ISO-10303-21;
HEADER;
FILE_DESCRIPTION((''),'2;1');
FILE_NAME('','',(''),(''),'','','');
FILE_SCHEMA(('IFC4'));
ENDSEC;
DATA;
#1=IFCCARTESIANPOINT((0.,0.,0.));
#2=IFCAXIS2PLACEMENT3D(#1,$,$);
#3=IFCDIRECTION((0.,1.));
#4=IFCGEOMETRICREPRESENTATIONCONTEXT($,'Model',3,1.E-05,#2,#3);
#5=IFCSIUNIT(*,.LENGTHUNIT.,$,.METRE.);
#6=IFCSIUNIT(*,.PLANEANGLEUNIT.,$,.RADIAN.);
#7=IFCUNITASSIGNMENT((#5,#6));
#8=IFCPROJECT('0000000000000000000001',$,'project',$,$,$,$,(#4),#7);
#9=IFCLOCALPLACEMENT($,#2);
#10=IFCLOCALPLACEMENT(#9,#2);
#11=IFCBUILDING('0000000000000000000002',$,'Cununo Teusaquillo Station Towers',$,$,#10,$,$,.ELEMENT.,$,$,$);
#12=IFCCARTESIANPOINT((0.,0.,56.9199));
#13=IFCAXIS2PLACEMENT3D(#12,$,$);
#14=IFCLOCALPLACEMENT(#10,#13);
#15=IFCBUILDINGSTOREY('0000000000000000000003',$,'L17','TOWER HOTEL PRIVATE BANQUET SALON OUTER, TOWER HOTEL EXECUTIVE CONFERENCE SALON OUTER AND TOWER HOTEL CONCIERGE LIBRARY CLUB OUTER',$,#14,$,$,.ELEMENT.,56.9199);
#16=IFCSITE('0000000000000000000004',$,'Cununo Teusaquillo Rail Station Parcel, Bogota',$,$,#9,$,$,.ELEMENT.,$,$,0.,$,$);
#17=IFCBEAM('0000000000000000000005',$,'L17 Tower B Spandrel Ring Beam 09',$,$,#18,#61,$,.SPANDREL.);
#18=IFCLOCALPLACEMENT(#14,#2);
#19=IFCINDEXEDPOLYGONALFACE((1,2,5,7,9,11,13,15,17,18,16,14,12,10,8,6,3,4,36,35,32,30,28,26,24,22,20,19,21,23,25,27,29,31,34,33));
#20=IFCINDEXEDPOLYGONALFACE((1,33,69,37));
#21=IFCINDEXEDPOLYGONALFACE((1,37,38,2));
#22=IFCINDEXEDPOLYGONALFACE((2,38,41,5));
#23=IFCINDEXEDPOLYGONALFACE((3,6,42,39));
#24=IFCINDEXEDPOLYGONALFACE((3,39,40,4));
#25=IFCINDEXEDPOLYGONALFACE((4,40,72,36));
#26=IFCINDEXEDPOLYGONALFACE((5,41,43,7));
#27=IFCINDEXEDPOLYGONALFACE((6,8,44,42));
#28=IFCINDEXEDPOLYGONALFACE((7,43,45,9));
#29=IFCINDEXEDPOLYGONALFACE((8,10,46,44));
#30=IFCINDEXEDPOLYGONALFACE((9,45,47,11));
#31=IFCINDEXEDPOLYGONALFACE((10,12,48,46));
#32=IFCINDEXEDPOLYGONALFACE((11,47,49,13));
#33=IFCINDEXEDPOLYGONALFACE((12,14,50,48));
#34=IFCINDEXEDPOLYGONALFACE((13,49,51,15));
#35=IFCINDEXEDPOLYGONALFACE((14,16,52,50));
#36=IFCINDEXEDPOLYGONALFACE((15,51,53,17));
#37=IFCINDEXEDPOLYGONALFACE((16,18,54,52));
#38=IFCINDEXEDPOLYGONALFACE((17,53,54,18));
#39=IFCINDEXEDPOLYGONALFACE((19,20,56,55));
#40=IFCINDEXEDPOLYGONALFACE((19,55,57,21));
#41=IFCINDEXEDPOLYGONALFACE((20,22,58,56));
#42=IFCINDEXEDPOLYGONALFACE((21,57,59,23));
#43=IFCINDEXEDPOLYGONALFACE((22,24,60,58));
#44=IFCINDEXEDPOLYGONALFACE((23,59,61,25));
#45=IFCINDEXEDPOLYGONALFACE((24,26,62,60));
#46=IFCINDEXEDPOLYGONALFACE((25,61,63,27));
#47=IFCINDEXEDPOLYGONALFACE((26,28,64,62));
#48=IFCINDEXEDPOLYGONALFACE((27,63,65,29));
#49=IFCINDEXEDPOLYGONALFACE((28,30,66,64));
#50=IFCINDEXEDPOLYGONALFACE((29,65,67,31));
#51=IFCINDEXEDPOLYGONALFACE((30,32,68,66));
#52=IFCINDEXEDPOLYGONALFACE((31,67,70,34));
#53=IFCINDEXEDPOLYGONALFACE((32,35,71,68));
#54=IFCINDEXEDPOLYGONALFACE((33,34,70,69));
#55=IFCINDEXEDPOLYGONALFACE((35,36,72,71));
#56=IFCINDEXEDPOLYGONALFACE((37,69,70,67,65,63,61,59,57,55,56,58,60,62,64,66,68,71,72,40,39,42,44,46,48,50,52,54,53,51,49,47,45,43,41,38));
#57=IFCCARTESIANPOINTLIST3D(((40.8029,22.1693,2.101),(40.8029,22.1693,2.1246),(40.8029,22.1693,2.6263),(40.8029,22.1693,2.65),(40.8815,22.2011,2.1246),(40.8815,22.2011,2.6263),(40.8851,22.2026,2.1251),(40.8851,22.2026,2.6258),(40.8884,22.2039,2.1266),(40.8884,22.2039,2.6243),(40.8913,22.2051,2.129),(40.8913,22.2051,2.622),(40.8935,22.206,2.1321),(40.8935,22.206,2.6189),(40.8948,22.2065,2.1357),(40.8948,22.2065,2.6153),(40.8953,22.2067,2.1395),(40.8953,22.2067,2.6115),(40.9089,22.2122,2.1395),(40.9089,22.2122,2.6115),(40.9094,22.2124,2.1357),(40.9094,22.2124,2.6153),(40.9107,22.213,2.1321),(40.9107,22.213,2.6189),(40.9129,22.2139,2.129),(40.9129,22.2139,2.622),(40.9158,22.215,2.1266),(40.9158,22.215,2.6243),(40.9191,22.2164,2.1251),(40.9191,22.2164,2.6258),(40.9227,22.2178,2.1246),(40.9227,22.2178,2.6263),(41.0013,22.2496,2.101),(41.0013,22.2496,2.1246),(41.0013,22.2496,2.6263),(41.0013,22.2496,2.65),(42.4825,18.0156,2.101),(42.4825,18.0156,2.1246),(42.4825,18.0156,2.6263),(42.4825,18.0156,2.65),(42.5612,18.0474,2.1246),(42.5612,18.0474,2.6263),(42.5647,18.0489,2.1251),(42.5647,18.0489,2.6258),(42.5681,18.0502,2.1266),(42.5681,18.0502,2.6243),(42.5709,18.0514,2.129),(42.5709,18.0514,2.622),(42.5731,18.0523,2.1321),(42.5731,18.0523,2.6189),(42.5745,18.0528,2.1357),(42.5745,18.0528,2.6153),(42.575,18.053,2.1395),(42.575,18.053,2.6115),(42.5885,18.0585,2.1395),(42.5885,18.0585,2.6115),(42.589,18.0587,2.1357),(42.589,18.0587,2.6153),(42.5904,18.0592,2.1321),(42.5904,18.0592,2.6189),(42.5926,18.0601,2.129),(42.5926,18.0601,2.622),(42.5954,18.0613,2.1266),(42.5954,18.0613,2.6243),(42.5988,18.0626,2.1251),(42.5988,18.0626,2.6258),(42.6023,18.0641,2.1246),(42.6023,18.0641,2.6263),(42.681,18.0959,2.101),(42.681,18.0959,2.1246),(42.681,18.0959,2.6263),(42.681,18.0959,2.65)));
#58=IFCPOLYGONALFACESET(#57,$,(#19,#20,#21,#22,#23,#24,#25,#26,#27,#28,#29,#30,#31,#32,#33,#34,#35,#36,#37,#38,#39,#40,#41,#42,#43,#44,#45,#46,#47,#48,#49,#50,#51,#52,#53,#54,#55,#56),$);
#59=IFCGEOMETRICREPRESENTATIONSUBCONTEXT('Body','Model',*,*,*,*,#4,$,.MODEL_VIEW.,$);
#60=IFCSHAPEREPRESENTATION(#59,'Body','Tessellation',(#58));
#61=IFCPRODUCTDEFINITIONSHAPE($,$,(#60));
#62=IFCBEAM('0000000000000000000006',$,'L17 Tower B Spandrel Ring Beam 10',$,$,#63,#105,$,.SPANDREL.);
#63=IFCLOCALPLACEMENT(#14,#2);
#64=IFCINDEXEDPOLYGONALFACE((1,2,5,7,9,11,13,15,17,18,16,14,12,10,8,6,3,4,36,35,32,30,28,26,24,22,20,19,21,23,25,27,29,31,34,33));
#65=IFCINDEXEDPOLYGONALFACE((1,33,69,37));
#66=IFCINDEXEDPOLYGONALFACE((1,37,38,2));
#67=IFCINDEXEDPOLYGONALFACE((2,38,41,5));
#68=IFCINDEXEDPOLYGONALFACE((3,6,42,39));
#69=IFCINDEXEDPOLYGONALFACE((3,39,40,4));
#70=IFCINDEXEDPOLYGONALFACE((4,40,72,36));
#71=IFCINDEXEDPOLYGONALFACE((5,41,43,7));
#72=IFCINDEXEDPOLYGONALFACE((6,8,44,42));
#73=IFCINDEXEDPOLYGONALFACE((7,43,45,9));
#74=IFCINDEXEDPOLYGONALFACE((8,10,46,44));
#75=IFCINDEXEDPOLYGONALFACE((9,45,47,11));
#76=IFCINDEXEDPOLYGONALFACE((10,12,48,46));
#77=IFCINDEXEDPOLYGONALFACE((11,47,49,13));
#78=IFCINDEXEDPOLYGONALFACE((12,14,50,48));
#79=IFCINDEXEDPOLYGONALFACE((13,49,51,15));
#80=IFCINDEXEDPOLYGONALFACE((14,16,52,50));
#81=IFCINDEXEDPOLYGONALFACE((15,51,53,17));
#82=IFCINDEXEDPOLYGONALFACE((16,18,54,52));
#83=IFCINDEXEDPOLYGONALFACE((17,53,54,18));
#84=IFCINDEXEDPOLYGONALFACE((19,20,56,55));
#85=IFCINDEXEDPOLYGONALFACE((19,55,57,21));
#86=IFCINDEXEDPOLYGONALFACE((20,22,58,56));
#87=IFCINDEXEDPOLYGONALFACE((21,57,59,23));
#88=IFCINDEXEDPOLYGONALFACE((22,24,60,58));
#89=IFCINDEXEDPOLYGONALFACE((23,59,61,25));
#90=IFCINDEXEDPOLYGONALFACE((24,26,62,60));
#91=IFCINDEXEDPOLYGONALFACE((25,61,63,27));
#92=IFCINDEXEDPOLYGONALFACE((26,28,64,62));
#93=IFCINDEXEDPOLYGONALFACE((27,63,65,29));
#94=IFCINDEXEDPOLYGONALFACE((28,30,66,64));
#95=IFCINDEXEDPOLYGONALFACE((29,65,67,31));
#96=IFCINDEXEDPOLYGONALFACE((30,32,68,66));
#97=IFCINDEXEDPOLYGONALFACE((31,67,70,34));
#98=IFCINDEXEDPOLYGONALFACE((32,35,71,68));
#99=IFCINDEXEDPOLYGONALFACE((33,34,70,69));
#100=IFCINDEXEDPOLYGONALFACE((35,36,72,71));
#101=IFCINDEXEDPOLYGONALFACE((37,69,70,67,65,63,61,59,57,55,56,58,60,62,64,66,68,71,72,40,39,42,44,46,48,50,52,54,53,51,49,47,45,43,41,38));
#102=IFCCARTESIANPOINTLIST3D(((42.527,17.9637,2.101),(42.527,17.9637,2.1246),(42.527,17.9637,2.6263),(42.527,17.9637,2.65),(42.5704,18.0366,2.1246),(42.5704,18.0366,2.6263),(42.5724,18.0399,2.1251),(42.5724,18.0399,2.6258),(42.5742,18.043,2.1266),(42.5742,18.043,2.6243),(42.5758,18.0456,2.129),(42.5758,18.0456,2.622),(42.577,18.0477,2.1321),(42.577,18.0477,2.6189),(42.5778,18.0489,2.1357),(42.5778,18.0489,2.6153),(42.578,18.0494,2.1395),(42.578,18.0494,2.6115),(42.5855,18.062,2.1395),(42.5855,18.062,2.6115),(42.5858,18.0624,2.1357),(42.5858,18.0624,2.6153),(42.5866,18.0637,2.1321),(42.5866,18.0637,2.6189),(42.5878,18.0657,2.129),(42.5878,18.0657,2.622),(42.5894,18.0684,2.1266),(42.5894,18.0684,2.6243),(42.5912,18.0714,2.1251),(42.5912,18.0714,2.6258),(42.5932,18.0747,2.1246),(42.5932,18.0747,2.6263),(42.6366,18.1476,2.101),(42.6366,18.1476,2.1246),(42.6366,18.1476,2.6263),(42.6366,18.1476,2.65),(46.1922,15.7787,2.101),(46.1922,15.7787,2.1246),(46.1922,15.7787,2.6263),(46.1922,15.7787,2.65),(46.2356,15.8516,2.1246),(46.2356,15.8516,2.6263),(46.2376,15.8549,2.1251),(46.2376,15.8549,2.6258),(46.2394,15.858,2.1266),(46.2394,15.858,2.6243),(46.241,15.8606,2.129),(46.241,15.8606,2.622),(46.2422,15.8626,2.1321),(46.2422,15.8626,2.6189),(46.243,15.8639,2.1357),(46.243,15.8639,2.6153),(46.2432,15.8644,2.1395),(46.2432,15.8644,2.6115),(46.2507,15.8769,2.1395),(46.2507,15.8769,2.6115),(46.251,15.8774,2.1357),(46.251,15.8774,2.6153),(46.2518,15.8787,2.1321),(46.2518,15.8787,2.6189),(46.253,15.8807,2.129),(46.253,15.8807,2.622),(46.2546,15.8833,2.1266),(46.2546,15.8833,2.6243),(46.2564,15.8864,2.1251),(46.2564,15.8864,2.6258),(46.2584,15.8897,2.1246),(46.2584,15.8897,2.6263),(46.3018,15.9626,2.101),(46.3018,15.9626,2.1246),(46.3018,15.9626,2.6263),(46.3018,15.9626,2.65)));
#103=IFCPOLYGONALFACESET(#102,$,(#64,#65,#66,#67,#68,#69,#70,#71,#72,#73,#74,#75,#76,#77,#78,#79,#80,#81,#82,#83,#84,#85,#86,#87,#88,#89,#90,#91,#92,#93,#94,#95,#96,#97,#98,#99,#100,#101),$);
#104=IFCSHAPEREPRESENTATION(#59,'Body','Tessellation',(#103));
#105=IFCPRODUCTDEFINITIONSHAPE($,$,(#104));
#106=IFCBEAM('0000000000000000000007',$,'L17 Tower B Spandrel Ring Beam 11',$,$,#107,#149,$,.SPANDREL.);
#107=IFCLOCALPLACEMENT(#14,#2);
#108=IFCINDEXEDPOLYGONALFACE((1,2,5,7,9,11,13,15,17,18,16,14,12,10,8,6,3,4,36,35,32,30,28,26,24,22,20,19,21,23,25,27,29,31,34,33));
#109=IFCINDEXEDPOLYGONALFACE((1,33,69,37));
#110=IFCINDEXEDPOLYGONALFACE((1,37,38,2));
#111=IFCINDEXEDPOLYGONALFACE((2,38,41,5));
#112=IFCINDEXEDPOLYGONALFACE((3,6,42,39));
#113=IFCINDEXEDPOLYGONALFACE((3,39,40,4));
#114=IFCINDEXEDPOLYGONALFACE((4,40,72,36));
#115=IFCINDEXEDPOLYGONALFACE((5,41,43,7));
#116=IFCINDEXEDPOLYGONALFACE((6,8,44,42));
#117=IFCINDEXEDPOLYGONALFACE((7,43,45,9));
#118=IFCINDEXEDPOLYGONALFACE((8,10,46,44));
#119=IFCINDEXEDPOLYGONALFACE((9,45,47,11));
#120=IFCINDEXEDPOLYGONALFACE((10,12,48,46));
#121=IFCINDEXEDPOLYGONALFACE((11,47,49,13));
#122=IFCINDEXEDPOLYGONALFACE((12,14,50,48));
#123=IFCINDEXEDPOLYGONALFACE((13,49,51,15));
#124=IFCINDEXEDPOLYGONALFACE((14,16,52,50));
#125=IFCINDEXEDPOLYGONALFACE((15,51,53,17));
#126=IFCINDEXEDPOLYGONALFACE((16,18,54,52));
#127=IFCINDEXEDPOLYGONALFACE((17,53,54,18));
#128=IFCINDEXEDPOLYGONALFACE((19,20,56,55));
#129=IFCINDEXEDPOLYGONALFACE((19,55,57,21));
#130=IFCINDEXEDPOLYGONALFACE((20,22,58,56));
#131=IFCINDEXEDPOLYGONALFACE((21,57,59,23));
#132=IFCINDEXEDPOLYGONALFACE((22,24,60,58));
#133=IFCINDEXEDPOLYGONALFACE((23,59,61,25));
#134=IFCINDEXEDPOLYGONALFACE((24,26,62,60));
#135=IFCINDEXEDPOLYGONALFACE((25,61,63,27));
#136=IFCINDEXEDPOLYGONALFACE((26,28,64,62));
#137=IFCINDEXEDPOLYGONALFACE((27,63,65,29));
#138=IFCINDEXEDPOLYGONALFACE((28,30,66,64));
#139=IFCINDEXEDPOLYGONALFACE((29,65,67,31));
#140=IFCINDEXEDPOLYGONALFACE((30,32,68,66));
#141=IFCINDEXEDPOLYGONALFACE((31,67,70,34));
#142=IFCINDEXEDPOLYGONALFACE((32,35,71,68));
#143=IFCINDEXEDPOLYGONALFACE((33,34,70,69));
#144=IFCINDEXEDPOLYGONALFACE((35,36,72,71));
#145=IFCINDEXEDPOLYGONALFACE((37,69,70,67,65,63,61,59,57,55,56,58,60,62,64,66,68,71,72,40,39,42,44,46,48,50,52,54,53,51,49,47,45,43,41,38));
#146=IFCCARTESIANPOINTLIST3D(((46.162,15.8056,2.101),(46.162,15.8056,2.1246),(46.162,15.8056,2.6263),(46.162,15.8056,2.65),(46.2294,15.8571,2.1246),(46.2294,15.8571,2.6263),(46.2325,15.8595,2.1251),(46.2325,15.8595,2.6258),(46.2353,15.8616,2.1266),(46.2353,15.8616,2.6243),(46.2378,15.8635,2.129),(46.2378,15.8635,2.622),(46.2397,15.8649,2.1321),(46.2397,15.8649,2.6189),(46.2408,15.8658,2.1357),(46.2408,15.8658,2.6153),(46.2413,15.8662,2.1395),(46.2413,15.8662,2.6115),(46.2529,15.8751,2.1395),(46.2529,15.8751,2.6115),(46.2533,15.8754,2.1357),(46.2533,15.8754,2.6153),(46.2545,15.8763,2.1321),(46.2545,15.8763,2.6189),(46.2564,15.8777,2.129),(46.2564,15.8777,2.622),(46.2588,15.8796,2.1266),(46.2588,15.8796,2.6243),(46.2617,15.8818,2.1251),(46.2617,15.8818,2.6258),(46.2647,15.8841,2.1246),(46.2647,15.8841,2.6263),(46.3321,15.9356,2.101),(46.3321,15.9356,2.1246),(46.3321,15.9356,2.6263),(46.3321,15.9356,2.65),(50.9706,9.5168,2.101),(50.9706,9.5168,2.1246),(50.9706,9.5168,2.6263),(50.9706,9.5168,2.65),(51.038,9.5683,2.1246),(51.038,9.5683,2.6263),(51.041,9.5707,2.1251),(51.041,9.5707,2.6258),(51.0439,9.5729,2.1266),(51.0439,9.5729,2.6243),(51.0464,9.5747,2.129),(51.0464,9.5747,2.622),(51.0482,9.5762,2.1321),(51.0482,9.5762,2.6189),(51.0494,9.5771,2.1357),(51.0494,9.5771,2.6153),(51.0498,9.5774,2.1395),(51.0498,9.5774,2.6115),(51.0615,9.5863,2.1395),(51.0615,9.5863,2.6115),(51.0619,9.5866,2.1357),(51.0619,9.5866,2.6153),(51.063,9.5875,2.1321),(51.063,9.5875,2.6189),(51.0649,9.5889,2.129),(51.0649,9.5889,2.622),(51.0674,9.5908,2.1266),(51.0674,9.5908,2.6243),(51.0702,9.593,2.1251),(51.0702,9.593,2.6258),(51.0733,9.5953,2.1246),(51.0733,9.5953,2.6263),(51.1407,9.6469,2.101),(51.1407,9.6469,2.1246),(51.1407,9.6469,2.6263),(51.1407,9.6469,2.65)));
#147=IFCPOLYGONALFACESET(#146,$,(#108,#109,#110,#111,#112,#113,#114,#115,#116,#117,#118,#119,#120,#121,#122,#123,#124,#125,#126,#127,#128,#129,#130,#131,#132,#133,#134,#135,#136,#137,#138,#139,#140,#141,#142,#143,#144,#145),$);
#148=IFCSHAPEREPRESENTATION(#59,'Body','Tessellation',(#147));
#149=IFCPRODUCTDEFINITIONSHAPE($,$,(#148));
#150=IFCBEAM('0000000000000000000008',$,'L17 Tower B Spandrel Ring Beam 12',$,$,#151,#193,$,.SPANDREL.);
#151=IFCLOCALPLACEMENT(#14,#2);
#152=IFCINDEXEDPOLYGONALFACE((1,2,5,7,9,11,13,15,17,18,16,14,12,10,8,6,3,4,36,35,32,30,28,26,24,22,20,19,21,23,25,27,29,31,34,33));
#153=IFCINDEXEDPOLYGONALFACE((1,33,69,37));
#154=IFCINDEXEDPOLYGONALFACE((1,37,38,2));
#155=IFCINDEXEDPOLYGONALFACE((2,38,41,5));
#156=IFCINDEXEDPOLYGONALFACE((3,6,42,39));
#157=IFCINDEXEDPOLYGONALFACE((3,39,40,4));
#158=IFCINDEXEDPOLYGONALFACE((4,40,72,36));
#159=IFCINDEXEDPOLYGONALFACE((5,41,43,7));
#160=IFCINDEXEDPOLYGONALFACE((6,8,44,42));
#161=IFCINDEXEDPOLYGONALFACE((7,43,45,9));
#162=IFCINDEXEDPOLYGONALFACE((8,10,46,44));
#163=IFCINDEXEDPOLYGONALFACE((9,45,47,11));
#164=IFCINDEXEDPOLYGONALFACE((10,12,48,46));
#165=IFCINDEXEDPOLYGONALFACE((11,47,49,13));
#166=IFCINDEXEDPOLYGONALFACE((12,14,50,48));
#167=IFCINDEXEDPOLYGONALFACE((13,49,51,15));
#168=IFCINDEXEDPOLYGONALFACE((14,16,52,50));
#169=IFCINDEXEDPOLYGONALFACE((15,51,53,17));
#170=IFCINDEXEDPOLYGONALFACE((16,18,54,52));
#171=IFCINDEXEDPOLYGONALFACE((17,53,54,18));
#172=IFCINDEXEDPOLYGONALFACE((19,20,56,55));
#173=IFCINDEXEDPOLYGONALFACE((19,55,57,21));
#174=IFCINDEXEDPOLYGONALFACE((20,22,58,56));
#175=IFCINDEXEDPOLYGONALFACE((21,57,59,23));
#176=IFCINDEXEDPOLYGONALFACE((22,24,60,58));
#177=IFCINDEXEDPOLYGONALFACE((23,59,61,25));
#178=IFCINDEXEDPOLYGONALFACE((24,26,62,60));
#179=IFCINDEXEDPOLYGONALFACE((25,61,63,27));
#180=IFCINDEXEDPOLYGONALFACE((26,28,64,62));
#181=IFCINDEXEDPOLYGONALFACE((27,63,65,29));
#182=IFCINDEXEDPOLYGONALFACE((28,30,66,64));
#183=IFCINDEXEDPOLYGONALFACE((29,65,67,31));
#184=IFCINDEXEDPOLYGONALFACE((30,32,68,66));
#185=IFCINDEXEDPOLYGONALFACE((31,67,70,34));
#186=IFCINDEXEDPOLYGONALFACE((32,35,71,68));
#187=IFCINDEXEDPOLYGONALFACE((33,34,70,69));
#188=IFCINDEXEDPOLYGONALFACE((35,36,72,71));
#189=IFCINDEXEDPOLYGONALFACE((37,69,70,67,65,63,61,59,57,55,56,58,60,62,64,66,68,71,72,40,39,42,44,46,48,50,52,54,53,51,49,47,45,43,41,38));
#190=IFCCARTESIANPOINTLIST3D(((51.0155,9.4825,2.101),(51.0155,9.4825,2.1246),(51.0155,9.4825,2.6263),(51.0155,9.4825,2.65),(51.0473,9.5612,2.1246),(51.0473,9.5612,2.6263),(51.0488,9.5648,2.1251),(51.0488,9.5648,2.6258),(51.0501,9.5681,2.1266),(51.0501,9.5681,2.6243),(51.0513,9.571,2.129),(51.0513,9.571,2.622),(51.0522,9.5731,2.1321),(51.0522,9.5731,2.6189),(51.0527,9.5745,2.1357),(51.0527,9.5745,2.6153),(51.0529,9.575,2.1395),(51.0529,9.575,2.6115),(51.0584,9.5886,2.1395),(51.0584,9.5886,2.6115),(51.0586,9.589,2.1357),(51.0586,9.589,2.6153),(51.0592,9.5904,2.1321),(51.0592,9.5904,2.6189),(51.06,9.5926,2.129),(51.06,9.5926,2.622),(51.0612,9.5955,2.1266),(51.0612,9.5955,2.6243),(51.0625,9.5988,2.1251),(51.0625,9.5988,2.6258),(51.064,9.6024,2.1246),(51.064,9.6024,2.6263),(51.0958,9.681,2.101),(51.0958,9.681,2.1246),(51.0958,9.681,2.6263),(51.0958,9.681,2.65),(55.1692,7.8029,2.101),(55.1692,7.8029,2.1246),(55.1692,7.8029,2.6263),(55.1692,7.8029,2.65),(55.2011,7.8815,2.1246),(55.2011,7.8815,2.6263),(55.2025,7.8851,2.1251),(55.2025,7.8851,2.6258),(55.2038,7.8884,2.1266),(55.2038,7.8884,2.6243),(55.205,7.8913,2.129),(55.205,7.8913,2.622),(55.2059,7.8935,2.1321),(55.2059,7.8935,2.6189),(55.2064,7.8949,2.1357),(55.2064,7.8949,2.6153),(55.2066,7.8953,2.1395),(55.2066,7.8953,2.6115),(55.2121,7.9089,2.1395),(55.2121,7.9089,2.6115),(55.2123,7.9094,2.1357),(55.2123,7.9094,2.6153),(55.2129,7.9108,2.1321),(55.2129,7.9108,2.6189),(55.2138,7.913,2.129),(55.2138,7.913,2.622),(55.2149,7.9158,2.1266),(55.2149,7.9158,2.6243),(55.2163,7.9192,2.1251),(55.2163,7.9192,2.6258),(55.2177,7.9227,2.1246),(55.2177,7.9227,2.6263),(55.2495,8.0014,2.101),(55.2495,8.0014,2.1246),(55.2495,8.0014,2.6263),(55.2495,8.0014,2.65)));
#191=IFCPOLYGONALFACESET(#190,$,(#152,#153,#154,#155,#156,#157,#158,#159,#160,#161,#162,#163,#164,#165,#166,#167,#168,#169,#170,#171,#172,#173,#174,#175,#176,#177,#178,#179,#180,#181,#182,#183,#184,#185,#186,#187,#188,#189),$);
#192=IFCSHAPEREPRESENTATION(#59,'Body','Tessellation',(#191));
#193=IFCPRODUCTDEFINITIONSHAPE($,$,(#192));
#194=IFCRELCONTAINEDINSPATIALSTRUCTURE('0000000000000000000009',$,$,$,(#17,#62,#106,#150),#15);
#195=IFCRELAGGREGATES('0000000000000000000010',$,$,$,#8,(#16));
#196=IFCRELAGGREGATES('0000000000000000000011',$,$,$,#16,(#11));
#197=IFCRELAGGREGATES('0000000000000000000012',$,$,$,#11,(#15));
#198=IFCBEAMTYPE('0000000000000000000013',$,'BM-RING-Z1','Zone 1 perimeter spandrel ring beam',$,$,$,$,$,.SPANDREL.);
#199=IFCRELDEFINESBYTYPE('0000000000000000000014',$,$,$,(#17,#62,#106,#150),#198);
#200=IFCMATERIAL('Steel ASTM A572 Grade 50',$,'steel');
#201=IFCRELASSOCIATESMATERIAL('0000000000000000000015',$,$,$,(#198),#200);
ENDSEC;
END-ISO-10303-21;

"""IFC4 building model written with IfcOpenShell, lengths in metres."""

from ifc_helpers import new_model, si_unit, direction, frame, origin, origin_2d, place, context, subcontext, project, spatial, i_section, extrude, material, material_profile, profile_set, type_object, element, save


model = new_model("IFC4")

# Units and contexts
model_context = context("Model", 3, precision=1e-05, world=origin(), true_north=direction((0.0, 1.0)))
body_context = subcontext(model_context, "Body", "Model", "MODEL_VIEW")
ifc_project = project(units=[si_unit("LENGTHUNIT", "METRE"), si_unit("PLANEANGLEUNIT", "RADIAN")], contexts=[model_context])

# Site, building, storey
site_placement = place(None, origin())
site = spatial("IfcSite", under=ifc_project, at=site_placement, Name="Cununo Teusaquillo Rail Station Parcel, Bogota", CompositionType="ELEMENT", RefElevation=0.0)
building_placement = place(site_placement, origin())
building = spatial("IfcBuilding", under=site, at=building_placement, Name="Cununo Teusaquillo Station Towers", CompositionType="ELEMENT")
storey_placement = place(building_placement, frame((0.0, 0.0, 56.9199)))
storey = spatial("IfcBuildingStorey", under=building, at=storey_placement, Name="L17", Description="TOWER HOTEL PRIVATE BANQUET SALON OUTER, TOWER HOTEL EXECUTIVE CONFERENCE SALON OUTER AND TOWER HOTEL CONCIERGE LIBRARY CLUB OUTER", CompositionType="ELEMENT", Elevation=56.9199)

# Beams
ifc_material_1 = material(Name="Steel ASTM A572 Grade 50", Category="steel")
ifc_material_profile_1 = material_profile(ifc_material_1, i_section(OverallWidth=0.2141, OverallDepth=0.5491, WebThickness=0.0146, FlangeThickness=0.0237, FilletRadius=0.0149, at=origin_2d()), Name="W21X93")
ifc_profile_set_1 = profile_set([ifc_material_profile_1], Name="Steel ASTM A572 Grade 50")
beam_type_1 = type_object("IfcBeamType", Name="BM-RING-Z1", Description="Zone 1 perimeter spandrel ring beam", PredefinedType="SPANDREL", material=ifc_profile_set_1)
beam_1_placement = place(storey_placement, frame((40.9021, 22.2095, 2.3755), z_axis=(0.374883, -0.927072, 0.0), x_axis=(0.927072, 0.374883, 0.0)))
element("IfcBeam", 1, at=beam_1_placement, inside=storey, type_object=beam_type_1, Name="L17 Tower B Spandrel Ring Beam 09", PredefinedType="SPANDREL", context=body_context, shape_type="SweptSolid", body=[
    extrude(i_section(OverallWidth=0.2141, OverallDepth=0.5491, WebThickness=0.0146, FlangeThickness=0.0237, FilletRadius=0.0149, at=origin_2d()), origin(), (0.0, 0.0, 1.0), 4.4805),
])
beam_2_placement = place(storey_placement, frame((42.5818, 18.0557, 2.3755), z_axis=(0.858948, -0.512062, 0.0), x_axis=(0.512062, 0.858948, 0.0)))
element("IfcBeam", 2, at=beam_2_placement, inside=storey, type_object=beam_type_1, Name="L17 Tower B Spandrel Ring Beam 10", PredefinedType="SPANDREL", context=body_context, shape_type="SweptSolid", body=[
    extrude(i_section(OverallWidth=0.2141, OverallDepth=0.5491, WebThickness=0.0146, FlangeThickness=0.0237, FilletRadius=0.0149, at=origin_2d()), origin(), (0.0, 0.0, 1.0), 4.2671),
])
beam_3_placement = place(storey_placement, frame((46.2471, 15.8706, 2.3755), z_axis=(0.60741, -0.794388, 0.0), x_axis=(0.794388, 0.60741, 0.0)))
element("IfcBeam", 3, at=beam_3_placement, inside=storey, type_object=beam_type_1, Name="L17 Tower B Spandrel Ring Beam 11", PredefinedType="SPANDREL", context=body_context, shape_type="SweptSolid", body=[
    extrude(i_section(OverallWidth=0.2141, OverallDepth=0.5491, WebThickness=0.0146, FlangeThickness=0.0237, FilletRadius=0.0149, at=origin_2d()), origin(), (0.0, 0.0, 1.0), 7.9165),
])
beam_4_placement = place(storey_placement, frame((51.0557, 9.5818, 2.3755), z_axis=(0.927072, -0.374883, 0.0), x_axis=(0.374883, 0.927072, 0.0)))
element("IfcBeam", 4, at=beam_4_placement, inside=storey, type_object=beam_type_1, Name="L17 Tower B Spandrel Ring Beam 12", PredefinedType="SPANDREL", context=body_context, shape_type="SweptSolid", body=[
    extrude(i_section(OverallWidth=0.2141, OverallDepth=0.5491, WebThickness=0.0146, FlangeThickness=0.0237, FilletRadius=0.0149, at=origin_2d()), origin(), (0.0, 0.0, 1.0), 4.4805),
])

save(model, "model.ifc")
